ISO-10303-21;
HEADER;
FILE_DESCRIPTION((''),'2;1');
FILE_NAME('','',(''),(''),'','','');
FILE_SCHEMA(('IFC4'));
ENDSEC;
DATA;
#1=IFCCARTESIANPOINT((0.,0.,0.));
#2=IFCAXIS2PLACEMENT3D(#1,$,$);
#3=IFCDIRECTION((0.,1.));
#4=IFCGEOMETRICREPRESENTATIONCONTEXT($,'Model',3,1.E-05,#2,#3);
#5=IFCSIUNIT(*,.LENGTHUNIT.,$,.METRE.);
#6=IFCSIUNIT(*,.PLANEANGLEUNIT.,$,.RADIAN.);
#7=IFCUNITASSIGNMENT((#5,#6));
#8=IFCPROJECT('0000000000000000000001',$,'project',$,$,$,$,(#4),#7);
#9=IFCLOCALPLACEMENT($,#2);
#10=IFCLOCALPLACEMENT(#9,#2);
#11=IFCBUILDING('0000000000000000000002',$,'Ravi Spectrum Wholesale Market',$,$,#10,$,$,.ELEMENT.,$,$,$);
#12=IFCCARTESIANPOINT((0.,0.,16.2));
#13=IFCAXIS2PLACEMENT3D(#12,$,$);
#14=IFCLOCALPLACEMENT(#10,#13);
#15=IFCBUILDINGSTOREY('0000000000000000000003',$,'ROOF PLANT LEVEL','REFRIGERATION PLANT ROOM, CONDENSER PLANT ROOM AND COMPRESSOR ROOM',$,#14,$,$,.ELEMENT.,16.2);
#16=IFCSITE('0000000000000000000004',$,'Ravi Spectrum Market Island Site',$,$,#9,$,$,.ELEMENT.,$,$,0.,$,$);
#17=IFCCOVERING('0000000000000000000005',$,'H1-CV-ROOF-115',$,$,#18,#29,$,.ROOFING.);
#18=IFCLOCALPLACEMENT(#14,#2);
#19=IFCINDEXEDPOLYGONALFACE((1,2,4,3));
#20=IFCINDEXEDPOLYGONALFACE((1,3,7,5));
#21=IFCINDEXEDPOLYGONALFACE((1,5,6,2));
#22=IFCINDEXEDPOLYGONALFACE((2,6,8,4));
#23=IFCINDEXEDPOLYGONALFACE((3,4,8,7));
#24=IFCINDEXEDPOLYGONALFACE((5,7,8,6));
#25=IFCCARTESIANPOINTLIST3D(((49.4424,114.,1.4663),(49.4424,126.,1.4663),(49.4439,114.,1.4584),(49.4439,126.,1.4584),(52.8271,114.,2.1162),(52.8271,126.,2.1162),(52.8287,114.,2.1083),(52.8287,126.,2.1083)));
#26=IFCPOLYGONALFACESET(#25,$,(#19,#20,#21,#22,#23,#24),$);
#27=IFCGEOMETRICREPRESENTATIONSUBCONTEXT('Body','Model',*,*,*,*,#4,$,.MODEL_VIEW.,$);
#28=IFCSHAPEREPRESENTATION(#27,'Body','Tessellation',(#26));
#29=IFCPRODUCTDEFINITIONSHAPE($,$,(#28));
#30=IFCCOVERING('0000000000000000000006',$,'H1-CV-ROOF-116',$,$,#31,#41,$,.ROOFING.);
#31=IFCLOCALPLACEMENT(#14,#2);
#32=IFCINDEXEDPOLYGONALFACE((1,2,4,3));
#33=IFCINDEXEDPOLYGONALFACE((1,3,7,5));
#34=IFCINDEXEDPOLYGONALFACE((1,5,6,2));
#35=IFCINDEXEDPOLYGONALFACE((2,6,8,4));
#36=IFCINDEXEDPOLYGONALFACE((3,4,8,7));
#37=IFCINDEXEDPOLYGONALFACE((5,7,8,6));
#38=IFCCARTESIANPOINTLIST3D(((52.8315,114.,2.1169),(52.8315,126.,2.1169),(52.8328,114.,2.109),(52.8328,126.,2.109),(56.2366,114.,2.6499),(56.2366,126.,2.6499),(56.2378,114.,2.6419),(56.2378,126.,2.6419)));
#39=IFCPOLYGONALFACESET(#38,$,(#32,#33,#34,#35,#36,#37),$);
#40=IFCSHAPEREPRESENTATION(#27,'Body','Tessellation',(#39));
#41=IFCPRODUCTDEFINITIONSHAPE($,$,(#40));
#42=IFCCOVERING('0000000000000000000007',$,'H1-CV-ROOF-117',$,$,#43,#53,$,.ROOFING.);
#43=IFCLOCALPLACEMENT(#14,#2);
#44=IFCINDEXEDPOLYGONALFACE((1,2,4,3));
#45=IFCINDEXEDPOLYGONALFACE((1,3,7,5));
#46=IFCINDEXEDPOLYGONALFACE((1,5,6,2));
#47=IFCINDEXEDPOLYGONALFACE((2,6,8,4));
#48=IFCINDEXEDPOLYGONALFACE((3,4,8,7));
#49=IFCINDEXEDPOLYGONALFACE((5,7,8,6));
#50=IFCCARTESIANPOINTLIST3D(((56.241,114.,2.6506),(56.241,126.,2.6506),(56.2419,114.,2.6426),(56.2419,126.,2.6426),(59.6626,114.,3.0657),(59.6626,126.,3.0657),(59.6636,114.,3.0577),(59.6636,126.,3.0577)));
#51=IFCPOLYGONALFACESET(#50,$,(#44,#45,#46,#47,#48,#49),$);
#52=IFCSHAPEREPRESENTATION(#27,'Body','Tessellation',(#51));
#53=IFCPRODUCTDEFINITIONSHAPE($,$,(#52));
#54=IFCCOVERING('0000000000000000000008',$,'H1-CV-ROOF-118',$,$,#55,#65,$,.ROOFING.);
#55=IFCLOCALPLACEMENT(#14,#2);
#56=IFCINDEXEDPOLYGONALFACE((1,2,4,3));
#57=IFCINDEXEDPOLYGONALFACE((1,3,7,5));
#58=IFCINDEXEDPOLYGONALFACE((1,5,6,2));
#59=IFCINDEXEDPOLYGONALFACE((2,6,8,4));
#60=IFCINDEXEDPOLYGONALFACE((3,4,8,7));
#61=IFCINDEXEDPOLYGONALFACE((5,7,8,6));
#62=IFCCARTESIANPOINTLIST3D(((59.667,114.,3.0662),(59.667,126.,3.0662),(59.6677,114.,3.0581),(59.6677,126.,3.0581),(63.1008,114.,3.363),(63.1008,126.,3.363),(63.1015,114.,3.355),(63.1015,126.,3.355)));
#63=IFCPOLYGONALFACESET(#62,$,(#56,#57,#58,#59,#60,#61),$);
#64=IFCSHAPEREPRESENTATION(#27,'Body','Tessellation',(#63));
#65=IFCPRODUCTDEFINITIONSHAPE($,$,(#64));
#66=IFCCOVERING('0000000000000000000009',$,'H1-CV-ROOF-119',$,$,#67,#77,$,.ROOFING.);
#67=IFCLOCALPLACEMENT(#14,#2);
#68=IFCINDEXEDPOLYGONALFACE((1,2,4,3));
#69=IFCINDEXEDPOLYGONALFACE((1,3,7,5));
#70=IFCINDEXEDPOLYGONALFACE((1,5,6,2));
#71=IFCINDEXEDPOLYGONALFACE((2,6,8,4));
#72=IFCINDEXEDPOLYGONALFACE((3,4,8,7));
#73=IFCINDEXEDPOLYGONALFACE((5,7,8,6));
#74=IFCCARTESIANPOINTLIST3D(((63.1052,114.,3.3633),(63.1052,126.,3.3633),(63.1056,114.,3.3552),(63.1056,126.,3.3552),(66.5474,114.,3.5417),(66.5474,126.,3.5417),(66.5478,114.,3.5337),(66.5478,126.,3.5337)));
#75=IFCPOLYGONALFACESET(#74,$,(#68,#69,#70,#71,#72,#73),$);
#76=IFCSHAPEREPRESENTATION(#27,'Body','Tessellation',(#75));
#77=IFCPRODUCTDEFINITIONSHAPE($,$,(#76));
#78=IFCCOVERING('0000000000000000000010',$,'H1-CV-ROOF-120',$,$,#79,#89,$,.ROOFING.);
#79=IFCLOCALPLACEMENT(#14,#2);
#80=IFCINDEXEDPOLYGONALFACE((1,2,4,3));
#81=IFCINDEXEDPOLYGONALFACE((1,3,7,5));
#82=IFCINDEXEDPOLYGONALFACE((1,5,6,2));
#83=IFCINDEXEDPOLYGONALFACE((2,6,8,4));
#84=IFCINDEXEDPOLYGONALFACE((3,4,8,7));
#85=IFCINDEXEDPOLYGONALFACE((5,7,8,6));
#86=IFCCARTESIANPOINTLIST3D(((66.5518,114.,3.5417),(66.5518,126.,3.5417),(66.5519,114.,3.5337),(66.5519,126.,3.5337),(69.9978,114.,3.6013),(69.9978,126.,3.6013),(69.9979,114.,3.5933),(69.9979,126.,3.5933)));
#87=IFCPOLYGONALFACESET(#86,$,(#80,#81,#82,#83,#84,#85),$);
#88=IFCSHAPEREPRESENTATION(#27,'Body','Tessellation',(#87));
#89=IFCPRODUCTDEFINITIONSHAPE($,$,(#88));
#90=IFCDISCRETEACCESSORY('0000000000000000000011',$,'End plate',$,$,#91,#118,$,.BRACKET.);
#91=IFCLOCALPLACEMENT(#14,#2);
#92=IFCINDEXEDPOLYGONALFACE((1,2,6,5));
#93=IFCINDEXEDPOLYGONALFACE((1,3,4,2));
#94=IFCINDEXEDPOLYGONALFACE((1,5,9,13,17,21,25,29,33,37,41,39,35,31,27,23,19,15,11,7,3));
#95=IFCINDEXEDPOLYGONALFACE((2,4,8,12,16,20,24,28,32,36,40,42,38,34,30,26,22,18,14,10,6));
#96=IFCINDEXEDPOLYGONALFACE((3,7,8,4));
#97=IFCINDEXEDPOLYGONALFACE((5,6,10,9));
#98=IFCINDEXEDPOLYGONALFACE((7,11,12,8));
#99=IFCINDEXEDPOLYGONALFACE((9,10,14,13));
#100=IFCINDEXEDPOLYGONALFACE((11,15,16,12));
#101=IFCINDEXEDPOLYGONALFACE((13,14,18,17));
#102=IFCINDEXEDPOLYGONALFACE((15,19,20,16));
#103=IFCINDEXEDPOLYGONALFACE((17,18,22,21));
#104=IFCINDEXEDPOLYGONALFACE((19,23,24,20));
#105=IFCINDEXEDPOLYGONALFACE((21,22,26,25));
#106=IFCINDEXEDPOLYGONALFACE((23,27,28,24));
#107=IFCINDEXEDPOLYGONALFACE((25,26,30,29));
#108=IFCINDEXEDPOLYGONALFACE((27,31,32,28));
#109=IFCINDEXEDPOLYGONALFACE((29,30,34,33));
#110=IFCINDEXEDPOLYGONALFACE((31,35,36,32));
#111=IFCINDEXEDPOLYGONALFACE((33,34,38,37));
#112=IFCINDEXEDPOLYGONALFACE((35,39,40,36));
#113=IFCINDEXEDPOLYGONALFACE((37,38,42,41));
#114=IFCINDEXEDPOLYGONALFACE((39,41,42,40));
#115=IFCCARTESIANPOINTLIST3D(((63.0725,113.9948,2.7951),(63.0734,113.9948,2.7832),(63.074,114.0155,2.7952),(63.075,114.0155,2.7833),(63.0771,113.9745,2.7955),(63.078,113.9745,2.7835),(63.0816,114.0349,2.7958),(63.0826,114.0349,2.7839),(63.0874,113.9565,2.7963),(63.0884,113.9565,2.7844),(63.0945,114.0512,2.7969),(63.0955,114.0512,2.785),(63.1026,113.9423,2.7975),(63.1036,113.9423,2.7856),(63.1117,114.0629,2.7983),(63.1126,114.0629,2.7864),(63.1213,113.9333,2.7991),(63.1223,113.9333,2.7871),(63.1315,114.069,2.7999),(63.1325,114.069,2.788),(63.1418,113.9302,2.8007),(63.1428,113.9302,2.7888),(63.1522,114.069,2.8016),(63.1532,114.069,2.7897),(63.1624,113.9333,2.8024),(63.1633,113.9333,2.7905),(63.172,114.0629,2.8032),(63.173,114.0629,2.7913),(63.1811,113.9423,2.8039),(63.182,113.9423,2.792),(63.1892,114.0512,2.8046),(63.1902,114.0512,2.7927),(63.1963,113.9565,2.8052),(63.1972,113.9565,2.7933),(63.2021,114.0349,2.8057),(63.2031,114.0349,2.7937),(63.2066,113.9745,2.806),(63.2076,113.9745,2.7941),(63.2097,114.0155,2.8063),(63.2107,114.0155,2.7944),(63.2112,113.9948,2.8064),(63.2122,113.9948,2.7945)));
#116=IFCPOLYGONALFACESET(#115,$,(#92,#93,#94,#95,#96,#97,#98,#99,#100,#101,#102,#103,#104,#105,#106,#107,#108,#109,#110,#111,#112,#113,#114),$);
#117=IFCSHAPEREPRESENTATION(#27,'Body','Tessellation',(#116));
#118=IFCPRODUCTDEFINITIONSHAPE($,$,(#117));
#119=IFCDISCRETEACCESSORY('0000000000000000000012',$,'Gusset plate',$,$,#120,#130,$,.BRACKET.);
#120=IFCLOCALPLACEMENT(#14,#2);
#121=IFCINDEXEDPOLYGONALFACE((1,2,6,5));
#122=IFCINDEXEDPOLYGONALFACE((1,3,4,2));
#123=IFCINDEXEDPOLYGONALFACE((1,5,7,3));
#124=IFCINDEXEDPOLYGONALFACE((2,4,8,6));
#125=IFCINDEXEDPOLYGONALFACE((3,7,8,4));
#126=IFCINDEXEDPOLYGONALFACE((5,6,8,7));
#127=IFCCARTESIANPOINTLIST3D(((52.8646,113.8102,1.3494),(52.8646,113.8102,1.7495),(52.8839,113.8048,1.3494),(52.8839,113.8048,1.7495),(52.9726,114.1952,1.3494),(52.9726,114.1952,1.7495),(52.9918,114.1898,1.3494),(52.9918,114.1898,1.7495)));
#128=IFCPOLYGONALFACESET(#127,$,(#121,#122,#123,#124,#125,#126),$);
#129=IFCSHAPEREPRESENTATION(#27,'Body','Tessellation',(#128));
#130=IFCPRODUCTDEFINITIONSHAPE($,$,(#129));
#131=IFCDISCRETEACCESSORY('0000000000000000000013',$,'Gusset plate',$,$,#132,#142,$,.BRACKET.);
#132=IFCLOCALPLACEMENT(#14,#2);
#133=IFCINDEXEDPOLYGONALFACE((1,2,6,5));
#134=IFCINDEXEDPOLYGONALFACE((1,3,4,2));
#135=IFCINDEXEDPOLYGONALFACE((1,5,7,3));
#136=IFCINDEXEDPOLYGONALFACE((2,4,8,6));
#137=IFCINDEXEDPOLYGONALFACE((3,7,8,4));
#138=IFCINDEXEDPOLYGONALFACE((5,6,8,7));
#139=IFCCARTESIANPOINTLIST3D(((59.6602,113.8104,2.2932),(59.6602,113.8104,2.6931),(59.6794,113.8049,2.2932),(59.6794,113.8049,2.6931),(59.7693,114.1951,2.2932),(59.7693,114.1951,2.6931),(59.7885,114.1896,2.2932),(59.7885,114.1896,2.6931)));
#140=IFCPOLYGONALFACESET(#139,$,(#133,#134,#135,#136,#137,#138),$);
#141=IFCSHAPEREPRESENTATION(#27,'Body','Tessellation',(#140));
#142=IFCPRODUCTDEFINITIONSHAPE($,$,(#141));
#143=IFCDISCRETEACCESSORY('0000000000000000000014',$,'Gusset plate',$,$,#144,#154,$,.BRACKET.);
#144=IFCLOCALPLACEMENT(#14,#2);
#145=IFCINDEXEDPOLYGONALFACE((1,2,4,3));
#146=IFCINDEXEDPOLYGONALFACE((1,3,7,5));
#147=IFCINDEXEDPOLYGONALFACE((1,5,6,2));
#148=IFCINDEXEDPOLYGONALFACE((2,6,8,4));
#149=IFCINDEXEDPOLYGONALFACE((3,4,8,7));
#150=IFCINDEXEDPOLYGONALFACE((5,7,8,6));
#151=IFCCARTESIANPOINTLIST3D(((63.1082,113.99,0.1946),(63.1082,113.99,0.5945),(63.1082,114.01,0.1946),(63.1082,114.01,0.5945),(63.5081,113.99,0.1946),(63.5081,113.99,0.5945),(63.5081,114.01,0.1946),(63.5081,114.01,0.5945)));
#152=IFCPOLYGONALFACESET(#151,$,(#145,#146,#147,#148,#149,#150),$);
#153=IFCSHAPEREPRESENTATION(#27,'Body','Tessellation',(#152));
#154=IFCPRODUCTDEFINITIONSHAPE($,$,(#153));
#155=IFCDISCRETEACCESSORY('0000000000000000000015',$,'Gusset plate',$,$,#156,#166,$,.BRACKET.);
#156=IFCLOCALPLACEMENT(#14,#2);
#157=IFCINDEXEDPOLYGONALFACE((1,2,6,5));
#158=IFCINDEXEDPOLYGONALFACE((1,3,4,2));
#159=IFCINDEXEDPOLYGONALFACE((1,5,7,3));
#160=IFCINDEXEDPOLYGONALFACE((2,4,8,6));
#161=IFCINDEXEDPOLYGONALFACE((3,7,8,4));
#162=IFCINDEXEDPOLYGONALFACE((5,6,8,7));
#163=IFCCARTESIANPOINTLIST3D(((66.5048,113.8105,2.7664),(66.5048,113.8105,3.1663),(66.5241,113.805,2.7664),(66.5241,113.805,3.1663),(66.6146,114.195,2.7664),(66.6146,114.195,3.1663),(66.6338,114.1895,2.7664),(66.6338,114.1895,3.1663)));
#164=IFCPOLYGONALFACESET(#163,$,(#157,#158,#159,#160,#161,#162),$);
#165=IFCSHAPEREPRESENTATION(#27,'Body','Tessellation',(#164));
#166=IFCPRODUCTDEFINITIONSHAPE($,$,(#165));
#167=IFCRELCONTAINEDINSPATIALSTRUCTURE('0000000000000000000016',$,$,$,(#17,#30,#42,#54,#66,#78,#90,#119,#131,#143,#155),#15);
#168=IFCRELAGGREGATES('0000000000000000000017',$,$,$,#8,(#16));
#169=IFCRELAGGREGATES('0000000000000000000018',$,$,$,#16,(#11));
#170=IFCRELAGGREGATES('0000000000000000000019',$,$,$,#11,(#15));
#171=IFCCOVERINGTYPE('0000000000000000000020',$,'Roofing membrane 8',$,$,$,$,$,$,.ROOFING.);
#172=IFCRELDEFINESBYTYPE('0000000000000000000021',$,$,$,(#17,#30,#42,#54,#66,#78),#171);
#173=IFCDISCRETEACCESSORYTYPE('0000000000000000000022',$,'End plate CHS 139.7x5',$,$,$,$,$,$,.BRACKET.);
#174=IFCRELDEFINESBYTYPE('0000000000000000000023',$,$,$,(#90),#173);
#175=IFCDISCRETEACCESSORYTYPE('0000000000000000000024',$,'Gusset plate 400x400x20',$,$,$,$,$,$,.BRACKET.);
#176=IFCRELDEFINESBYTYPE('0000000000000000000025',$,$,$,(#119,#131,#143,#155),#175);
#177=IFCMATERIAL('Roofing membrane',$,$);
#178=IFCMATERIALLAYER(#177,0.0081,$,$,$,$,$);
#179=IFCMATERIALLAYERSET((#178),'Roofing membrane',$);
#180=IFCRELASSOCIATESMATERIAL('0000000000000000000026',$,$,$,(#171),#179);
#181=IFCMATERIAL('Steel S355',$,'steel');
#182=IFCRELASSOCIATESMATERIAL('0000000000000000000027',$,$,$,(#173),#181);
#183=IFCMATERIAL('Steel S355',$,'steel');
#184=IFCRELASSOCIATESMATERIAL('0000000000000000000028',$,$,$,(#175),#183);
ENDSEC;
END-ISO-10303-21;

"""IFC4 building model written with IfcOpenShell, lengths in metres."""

from ifc_helpers import new_model, si_unit, direction, frame, origin, origin_2d, place, context, subcontext, project, spatial, polyline, rectangle, circle, outline, extrude, material, layer, layer_set, material_profile, profile_set, type_object, element, save


model = new_model("IFC4")

# Units and contexts
model_context = context("Model", 3, precision=1e-05, world=origin(), true_north=direction((0.0, 1.0)))
body_context = subcontext(model_context, "Body", "Model", "MODEL_VIEW")
ifc_project = project(units=[si_unit("LENGTHUNIT", "METRE"), si_unit("PLANEANGLEUNIT", "RADIAN")], contexts=[model_context])

# Site, building, storey
site_placement = place(None, origin())
site = spatial("IfcSite", under=ifc_project, at=site_placement, Name="Ravi Spectrum Market Island Site", CompositionType="ELEMENT", RefElevation=0.0)
building_placement = place(site_placement, origin())
building = spatial("IfcBuilding", under=site, at=building_placement, Name="Ravi Spectrum Wholesale Market", CompositionType="ELEMENT")
storey_placement = place(building_placement, frame((0.0, 0.0, 16.2)))
storey = spatial("IfcBuildingStorey", under=building, at=storey_placement, Name="ROOF PLANT LEVEL", Description="REFRIGERATION PLANT ROOM, CONDENSER PLANT ROOM AND COMPRESSOR ROOM", CompositionType="ELEMENT", Elevation=16.2)

# Coverings
ifc_material_1 = material(Name="Roofing membrane")
ifc_layer_1 = layer(ifc_material_1, 0.0081)
ifc_layer_set_1 = layer_set([ifc_layer_1], Name="Roofing membrane")
covering_type = type_object("IfcCoveringType", Name="Roofing membrane 8", PredefinedType="ROOFING", material=ifc_layer_set_1)
covering_1_placement = place(storey_placement, frame((49.4424, 114.0, 1.4663), z_axis=(-0.188564, 0.0, 0.982061), x_axis=(0.982061, 0.0, 0.188564)))
element("IfcCovering", 1, at=covering_1_placement, inside=storey, type_object=covering_type, Name="H1-CV-ROOF-115", PredefinedType="ROOFING", context=body_context, shape_type="SweptSolid", body=[
    extrude(outline(polyline([(0.0, 0.0), (3.4466, 0.0), (3.4466, 12.0), (0.0, 12.0), (0.0, 0.0)])), origin(), (0.0, 0.0, -1.0), 0.0081),
])
covering_2_placement = place(storey_placement, frame((52.8315, 114.0, 2.1169), z_axis=(-0.154638, 0.0, 0.987971), x_axis=(0.987971, 0.0, 0.154638)))
element("IfcCovering", 2, at=covering_2_placement, inside=storey, type_object=covering_type, Name="H1-CV-ROOF-116", PredefinedType="ROOFING", context=body_context, shape_type="SweptSolid", body=[
    extrude(outline(polyline([(0.0, 0.0), (3.4465, 0.0), (3.4465, 12.0), (0.0, 12.0), (0.0, 0.0)])), origin(), (0.0, 0.0, -1.0), 0.0081),
])
covering_3_placement = place(storey_placement, frame((56.241, 114.0, 2.6506), z_axis=(-0.120416, 0.0, 0.992724), x_axis=(0.992724, 0.0, 0.120416)))
element("IfcCovering", 3, at=covering_3_placement, inside=storey, type_object=covering_type, Name="H1-CV-ROOF-117", PredefinedType="ROOFING", context=body_context, shape_type="SweptSolid", body=[
    extrude(outline(polyline([(0.0, 0.0), (3.4467, 0.0), (3.4467, 12.0), (0.0, 12.0), (0.0, 0.0)])), origin(), (0.0, 0.0, -1.0), 0.0081),
])
covering_4_placement = place(storey_placement, frame((59.667, 114.0, 3.0662), z_axis=(-0.086134, 0.0, 0.996284), x_axis=(0.996284, 0.0, 0.086134)))
element("IfcCovering", 4, at=covering_4_placement, inside=storey, type_object=covering_type, Name="H1-CV-ROOF-118", PredefinedType="ROOFING", context=body_context, shape_type="SweptSolid", body=[
    extrude(outline(polyline([(0.0, 0.0), (3.4466, 0.0), (3.4466, 12.0), (0.0, 12.0), (0.0, 0.0)])), origin(), (0.0, 0.0, -1.0), 0.0081),
])
covering_5_placement = place(storey_placement, frame((63.1052, 114.0, 3.3633), z_axis=(-0.051778, 0.0, 0.998659), x_axis=(0.998659, 0.0, 0.051778)))
element("IfcCovering", 5, at=covering_5_placement, inside=storey, type_object=covering_type, Name="H1-CV-ROOF-119", PredefinedType="ROOFING", context=body_context, shape_type="SweptSolid", body=[
    extrude(outline(polyline([(0.0, 0.0), (3.4468, 0.0), (3.4468, 12.0), (0.0, 12.0), (0.0, 0.0)])), origin(), (0.0, 0.0, -1.0), 0.0081),
])
covering_6_placement = place(storey_placement, frame((66.5518, 114.0, 3.5417), z_axis=(-0.017284, 0.0, 0.999851), x_axis=(0.999851, 0.0, 0.017284)))
element("IfcCovering", 6, at=covering_6_placement, inside=storey, type_object=covering_type, Name="H1-CV-ROOF-120", PredefinedType="ROOFING", context=body_context, shape_type="SweptSolid", body=[
    extrude(outline(polyline([(0.0, 0.0), (3.4466, 0.0), (3.4466, 12.0), (0.0, 12.0), (0.0, 0.0)])), origin(), (0.0, 0.0, -1.0), 0.0081),
])

# Discrete accessories
ifc_material_2 = material(Name="Steel S355", Category="steel")
ifc_material_profile_1 = material_profile(ifc_material_2, circle(Radius=0.0698, at=origin_2d()))
ifc_profile_set_1 = profile_set([ifc_material_profile_1], Name="Steel S355")
discrete_accessory_type_1 = type_object("IfcDiscreteAccessoryType", Name="End plate CHS 139.7x5", PredefinedType="BRACKET", material=ifc_profile_set_1)
discrete_accessory_1_placement = place(storey_placement, frame((63.1428, 114.0, 2.7888), z_axis=(-0.081362, 0.0, 0.996685), x_axis=(0.0, -1.0, 0.0)))
element("IfcDiscreteAccessory", 7, at=discrete_accessory_1_placement, inside=storey, type_object=discrete_accessory_type_1, Name="End plate", PredefinedType="BRACKET", context=body_context, shape_type="SweptSolid", body=[
    extrude(circle(Radius=0.0698, at=origin_2d()), origin(), (0.0, 0.0, 1.0), 0.012),
])
ifc_material_3 = material(Name="Steel S355", Category="steel")
ifc_material_profile_2 = material_profile(ifc_material_3, rectangle(XDim=0.3999, YDim=0.02, at=origin_2d()))
ifc_profile_set_2 = profile_set([ifc_material_profile_2], Name="Steel S355")
discrete_accessory_type_2 = type_object("IfcDiscreteAccessoryType", Name="Gusset plate 400x400x20", PredefinedType="BRACKET", material=ifc_profile_set_2)
discrete_accessory_2_placement = place(storey_placement, frame((52.9282, 114.0, 1.3494), z_axis=(0.0, 0.0, 1.0), x_axis=(0.269957, 0.962873, 0.0)))
element("IfcDiscreteAccessory", 8, at=discrete_accessory_2_placement, inside=storey, type_object=discrete_accessory_type_2, Name="Gusset plate", PredefinedType="BRACKET", context=body_context, shape_type="SweptSolid", body=[
    extrude(rectangle(XDim=0.3999, YDim=0.02, at=origin_2d()), origin(), (0.0, 0.0, 1.0), 0.4001),
])
for number, where, z_axis, x_axis, name in (
    (9, (59.7244, 114.0, 2.2932), (0.0, 0.0, 1.0), (0.272804, 0.96207, 0.0), "Gusset plate"),
    (10, (63.3081, 114.0, 0.1946), (0.0, 0.0, 1.0), (1.0, 0.0, 0.0), "Gusset plate"),
    (11, (66.5693, 114.0, 2.7664), (0.0, 0.0, 1.0), (0.274445, 0.961603, 0.0), "Gusset plate"),
):
    element("IfcDiscreteAccessory", number, at=place(storey_placement, frame(where, z_axis=z_axis, x_axis=x_axis)), inside=storey, type_object=discrete_accessory_type_2, Name=name, PredefinedType="BRACKET", context=body_context, shape_type="SweptSolid", body=[
        extrude(rectangle(XDim=0.3999, YDim=0.02, at=origin_2d()), origin(), (0.0, 0.0, 1.0), 0.3999),
    ])

save(model, "model.ifc")
